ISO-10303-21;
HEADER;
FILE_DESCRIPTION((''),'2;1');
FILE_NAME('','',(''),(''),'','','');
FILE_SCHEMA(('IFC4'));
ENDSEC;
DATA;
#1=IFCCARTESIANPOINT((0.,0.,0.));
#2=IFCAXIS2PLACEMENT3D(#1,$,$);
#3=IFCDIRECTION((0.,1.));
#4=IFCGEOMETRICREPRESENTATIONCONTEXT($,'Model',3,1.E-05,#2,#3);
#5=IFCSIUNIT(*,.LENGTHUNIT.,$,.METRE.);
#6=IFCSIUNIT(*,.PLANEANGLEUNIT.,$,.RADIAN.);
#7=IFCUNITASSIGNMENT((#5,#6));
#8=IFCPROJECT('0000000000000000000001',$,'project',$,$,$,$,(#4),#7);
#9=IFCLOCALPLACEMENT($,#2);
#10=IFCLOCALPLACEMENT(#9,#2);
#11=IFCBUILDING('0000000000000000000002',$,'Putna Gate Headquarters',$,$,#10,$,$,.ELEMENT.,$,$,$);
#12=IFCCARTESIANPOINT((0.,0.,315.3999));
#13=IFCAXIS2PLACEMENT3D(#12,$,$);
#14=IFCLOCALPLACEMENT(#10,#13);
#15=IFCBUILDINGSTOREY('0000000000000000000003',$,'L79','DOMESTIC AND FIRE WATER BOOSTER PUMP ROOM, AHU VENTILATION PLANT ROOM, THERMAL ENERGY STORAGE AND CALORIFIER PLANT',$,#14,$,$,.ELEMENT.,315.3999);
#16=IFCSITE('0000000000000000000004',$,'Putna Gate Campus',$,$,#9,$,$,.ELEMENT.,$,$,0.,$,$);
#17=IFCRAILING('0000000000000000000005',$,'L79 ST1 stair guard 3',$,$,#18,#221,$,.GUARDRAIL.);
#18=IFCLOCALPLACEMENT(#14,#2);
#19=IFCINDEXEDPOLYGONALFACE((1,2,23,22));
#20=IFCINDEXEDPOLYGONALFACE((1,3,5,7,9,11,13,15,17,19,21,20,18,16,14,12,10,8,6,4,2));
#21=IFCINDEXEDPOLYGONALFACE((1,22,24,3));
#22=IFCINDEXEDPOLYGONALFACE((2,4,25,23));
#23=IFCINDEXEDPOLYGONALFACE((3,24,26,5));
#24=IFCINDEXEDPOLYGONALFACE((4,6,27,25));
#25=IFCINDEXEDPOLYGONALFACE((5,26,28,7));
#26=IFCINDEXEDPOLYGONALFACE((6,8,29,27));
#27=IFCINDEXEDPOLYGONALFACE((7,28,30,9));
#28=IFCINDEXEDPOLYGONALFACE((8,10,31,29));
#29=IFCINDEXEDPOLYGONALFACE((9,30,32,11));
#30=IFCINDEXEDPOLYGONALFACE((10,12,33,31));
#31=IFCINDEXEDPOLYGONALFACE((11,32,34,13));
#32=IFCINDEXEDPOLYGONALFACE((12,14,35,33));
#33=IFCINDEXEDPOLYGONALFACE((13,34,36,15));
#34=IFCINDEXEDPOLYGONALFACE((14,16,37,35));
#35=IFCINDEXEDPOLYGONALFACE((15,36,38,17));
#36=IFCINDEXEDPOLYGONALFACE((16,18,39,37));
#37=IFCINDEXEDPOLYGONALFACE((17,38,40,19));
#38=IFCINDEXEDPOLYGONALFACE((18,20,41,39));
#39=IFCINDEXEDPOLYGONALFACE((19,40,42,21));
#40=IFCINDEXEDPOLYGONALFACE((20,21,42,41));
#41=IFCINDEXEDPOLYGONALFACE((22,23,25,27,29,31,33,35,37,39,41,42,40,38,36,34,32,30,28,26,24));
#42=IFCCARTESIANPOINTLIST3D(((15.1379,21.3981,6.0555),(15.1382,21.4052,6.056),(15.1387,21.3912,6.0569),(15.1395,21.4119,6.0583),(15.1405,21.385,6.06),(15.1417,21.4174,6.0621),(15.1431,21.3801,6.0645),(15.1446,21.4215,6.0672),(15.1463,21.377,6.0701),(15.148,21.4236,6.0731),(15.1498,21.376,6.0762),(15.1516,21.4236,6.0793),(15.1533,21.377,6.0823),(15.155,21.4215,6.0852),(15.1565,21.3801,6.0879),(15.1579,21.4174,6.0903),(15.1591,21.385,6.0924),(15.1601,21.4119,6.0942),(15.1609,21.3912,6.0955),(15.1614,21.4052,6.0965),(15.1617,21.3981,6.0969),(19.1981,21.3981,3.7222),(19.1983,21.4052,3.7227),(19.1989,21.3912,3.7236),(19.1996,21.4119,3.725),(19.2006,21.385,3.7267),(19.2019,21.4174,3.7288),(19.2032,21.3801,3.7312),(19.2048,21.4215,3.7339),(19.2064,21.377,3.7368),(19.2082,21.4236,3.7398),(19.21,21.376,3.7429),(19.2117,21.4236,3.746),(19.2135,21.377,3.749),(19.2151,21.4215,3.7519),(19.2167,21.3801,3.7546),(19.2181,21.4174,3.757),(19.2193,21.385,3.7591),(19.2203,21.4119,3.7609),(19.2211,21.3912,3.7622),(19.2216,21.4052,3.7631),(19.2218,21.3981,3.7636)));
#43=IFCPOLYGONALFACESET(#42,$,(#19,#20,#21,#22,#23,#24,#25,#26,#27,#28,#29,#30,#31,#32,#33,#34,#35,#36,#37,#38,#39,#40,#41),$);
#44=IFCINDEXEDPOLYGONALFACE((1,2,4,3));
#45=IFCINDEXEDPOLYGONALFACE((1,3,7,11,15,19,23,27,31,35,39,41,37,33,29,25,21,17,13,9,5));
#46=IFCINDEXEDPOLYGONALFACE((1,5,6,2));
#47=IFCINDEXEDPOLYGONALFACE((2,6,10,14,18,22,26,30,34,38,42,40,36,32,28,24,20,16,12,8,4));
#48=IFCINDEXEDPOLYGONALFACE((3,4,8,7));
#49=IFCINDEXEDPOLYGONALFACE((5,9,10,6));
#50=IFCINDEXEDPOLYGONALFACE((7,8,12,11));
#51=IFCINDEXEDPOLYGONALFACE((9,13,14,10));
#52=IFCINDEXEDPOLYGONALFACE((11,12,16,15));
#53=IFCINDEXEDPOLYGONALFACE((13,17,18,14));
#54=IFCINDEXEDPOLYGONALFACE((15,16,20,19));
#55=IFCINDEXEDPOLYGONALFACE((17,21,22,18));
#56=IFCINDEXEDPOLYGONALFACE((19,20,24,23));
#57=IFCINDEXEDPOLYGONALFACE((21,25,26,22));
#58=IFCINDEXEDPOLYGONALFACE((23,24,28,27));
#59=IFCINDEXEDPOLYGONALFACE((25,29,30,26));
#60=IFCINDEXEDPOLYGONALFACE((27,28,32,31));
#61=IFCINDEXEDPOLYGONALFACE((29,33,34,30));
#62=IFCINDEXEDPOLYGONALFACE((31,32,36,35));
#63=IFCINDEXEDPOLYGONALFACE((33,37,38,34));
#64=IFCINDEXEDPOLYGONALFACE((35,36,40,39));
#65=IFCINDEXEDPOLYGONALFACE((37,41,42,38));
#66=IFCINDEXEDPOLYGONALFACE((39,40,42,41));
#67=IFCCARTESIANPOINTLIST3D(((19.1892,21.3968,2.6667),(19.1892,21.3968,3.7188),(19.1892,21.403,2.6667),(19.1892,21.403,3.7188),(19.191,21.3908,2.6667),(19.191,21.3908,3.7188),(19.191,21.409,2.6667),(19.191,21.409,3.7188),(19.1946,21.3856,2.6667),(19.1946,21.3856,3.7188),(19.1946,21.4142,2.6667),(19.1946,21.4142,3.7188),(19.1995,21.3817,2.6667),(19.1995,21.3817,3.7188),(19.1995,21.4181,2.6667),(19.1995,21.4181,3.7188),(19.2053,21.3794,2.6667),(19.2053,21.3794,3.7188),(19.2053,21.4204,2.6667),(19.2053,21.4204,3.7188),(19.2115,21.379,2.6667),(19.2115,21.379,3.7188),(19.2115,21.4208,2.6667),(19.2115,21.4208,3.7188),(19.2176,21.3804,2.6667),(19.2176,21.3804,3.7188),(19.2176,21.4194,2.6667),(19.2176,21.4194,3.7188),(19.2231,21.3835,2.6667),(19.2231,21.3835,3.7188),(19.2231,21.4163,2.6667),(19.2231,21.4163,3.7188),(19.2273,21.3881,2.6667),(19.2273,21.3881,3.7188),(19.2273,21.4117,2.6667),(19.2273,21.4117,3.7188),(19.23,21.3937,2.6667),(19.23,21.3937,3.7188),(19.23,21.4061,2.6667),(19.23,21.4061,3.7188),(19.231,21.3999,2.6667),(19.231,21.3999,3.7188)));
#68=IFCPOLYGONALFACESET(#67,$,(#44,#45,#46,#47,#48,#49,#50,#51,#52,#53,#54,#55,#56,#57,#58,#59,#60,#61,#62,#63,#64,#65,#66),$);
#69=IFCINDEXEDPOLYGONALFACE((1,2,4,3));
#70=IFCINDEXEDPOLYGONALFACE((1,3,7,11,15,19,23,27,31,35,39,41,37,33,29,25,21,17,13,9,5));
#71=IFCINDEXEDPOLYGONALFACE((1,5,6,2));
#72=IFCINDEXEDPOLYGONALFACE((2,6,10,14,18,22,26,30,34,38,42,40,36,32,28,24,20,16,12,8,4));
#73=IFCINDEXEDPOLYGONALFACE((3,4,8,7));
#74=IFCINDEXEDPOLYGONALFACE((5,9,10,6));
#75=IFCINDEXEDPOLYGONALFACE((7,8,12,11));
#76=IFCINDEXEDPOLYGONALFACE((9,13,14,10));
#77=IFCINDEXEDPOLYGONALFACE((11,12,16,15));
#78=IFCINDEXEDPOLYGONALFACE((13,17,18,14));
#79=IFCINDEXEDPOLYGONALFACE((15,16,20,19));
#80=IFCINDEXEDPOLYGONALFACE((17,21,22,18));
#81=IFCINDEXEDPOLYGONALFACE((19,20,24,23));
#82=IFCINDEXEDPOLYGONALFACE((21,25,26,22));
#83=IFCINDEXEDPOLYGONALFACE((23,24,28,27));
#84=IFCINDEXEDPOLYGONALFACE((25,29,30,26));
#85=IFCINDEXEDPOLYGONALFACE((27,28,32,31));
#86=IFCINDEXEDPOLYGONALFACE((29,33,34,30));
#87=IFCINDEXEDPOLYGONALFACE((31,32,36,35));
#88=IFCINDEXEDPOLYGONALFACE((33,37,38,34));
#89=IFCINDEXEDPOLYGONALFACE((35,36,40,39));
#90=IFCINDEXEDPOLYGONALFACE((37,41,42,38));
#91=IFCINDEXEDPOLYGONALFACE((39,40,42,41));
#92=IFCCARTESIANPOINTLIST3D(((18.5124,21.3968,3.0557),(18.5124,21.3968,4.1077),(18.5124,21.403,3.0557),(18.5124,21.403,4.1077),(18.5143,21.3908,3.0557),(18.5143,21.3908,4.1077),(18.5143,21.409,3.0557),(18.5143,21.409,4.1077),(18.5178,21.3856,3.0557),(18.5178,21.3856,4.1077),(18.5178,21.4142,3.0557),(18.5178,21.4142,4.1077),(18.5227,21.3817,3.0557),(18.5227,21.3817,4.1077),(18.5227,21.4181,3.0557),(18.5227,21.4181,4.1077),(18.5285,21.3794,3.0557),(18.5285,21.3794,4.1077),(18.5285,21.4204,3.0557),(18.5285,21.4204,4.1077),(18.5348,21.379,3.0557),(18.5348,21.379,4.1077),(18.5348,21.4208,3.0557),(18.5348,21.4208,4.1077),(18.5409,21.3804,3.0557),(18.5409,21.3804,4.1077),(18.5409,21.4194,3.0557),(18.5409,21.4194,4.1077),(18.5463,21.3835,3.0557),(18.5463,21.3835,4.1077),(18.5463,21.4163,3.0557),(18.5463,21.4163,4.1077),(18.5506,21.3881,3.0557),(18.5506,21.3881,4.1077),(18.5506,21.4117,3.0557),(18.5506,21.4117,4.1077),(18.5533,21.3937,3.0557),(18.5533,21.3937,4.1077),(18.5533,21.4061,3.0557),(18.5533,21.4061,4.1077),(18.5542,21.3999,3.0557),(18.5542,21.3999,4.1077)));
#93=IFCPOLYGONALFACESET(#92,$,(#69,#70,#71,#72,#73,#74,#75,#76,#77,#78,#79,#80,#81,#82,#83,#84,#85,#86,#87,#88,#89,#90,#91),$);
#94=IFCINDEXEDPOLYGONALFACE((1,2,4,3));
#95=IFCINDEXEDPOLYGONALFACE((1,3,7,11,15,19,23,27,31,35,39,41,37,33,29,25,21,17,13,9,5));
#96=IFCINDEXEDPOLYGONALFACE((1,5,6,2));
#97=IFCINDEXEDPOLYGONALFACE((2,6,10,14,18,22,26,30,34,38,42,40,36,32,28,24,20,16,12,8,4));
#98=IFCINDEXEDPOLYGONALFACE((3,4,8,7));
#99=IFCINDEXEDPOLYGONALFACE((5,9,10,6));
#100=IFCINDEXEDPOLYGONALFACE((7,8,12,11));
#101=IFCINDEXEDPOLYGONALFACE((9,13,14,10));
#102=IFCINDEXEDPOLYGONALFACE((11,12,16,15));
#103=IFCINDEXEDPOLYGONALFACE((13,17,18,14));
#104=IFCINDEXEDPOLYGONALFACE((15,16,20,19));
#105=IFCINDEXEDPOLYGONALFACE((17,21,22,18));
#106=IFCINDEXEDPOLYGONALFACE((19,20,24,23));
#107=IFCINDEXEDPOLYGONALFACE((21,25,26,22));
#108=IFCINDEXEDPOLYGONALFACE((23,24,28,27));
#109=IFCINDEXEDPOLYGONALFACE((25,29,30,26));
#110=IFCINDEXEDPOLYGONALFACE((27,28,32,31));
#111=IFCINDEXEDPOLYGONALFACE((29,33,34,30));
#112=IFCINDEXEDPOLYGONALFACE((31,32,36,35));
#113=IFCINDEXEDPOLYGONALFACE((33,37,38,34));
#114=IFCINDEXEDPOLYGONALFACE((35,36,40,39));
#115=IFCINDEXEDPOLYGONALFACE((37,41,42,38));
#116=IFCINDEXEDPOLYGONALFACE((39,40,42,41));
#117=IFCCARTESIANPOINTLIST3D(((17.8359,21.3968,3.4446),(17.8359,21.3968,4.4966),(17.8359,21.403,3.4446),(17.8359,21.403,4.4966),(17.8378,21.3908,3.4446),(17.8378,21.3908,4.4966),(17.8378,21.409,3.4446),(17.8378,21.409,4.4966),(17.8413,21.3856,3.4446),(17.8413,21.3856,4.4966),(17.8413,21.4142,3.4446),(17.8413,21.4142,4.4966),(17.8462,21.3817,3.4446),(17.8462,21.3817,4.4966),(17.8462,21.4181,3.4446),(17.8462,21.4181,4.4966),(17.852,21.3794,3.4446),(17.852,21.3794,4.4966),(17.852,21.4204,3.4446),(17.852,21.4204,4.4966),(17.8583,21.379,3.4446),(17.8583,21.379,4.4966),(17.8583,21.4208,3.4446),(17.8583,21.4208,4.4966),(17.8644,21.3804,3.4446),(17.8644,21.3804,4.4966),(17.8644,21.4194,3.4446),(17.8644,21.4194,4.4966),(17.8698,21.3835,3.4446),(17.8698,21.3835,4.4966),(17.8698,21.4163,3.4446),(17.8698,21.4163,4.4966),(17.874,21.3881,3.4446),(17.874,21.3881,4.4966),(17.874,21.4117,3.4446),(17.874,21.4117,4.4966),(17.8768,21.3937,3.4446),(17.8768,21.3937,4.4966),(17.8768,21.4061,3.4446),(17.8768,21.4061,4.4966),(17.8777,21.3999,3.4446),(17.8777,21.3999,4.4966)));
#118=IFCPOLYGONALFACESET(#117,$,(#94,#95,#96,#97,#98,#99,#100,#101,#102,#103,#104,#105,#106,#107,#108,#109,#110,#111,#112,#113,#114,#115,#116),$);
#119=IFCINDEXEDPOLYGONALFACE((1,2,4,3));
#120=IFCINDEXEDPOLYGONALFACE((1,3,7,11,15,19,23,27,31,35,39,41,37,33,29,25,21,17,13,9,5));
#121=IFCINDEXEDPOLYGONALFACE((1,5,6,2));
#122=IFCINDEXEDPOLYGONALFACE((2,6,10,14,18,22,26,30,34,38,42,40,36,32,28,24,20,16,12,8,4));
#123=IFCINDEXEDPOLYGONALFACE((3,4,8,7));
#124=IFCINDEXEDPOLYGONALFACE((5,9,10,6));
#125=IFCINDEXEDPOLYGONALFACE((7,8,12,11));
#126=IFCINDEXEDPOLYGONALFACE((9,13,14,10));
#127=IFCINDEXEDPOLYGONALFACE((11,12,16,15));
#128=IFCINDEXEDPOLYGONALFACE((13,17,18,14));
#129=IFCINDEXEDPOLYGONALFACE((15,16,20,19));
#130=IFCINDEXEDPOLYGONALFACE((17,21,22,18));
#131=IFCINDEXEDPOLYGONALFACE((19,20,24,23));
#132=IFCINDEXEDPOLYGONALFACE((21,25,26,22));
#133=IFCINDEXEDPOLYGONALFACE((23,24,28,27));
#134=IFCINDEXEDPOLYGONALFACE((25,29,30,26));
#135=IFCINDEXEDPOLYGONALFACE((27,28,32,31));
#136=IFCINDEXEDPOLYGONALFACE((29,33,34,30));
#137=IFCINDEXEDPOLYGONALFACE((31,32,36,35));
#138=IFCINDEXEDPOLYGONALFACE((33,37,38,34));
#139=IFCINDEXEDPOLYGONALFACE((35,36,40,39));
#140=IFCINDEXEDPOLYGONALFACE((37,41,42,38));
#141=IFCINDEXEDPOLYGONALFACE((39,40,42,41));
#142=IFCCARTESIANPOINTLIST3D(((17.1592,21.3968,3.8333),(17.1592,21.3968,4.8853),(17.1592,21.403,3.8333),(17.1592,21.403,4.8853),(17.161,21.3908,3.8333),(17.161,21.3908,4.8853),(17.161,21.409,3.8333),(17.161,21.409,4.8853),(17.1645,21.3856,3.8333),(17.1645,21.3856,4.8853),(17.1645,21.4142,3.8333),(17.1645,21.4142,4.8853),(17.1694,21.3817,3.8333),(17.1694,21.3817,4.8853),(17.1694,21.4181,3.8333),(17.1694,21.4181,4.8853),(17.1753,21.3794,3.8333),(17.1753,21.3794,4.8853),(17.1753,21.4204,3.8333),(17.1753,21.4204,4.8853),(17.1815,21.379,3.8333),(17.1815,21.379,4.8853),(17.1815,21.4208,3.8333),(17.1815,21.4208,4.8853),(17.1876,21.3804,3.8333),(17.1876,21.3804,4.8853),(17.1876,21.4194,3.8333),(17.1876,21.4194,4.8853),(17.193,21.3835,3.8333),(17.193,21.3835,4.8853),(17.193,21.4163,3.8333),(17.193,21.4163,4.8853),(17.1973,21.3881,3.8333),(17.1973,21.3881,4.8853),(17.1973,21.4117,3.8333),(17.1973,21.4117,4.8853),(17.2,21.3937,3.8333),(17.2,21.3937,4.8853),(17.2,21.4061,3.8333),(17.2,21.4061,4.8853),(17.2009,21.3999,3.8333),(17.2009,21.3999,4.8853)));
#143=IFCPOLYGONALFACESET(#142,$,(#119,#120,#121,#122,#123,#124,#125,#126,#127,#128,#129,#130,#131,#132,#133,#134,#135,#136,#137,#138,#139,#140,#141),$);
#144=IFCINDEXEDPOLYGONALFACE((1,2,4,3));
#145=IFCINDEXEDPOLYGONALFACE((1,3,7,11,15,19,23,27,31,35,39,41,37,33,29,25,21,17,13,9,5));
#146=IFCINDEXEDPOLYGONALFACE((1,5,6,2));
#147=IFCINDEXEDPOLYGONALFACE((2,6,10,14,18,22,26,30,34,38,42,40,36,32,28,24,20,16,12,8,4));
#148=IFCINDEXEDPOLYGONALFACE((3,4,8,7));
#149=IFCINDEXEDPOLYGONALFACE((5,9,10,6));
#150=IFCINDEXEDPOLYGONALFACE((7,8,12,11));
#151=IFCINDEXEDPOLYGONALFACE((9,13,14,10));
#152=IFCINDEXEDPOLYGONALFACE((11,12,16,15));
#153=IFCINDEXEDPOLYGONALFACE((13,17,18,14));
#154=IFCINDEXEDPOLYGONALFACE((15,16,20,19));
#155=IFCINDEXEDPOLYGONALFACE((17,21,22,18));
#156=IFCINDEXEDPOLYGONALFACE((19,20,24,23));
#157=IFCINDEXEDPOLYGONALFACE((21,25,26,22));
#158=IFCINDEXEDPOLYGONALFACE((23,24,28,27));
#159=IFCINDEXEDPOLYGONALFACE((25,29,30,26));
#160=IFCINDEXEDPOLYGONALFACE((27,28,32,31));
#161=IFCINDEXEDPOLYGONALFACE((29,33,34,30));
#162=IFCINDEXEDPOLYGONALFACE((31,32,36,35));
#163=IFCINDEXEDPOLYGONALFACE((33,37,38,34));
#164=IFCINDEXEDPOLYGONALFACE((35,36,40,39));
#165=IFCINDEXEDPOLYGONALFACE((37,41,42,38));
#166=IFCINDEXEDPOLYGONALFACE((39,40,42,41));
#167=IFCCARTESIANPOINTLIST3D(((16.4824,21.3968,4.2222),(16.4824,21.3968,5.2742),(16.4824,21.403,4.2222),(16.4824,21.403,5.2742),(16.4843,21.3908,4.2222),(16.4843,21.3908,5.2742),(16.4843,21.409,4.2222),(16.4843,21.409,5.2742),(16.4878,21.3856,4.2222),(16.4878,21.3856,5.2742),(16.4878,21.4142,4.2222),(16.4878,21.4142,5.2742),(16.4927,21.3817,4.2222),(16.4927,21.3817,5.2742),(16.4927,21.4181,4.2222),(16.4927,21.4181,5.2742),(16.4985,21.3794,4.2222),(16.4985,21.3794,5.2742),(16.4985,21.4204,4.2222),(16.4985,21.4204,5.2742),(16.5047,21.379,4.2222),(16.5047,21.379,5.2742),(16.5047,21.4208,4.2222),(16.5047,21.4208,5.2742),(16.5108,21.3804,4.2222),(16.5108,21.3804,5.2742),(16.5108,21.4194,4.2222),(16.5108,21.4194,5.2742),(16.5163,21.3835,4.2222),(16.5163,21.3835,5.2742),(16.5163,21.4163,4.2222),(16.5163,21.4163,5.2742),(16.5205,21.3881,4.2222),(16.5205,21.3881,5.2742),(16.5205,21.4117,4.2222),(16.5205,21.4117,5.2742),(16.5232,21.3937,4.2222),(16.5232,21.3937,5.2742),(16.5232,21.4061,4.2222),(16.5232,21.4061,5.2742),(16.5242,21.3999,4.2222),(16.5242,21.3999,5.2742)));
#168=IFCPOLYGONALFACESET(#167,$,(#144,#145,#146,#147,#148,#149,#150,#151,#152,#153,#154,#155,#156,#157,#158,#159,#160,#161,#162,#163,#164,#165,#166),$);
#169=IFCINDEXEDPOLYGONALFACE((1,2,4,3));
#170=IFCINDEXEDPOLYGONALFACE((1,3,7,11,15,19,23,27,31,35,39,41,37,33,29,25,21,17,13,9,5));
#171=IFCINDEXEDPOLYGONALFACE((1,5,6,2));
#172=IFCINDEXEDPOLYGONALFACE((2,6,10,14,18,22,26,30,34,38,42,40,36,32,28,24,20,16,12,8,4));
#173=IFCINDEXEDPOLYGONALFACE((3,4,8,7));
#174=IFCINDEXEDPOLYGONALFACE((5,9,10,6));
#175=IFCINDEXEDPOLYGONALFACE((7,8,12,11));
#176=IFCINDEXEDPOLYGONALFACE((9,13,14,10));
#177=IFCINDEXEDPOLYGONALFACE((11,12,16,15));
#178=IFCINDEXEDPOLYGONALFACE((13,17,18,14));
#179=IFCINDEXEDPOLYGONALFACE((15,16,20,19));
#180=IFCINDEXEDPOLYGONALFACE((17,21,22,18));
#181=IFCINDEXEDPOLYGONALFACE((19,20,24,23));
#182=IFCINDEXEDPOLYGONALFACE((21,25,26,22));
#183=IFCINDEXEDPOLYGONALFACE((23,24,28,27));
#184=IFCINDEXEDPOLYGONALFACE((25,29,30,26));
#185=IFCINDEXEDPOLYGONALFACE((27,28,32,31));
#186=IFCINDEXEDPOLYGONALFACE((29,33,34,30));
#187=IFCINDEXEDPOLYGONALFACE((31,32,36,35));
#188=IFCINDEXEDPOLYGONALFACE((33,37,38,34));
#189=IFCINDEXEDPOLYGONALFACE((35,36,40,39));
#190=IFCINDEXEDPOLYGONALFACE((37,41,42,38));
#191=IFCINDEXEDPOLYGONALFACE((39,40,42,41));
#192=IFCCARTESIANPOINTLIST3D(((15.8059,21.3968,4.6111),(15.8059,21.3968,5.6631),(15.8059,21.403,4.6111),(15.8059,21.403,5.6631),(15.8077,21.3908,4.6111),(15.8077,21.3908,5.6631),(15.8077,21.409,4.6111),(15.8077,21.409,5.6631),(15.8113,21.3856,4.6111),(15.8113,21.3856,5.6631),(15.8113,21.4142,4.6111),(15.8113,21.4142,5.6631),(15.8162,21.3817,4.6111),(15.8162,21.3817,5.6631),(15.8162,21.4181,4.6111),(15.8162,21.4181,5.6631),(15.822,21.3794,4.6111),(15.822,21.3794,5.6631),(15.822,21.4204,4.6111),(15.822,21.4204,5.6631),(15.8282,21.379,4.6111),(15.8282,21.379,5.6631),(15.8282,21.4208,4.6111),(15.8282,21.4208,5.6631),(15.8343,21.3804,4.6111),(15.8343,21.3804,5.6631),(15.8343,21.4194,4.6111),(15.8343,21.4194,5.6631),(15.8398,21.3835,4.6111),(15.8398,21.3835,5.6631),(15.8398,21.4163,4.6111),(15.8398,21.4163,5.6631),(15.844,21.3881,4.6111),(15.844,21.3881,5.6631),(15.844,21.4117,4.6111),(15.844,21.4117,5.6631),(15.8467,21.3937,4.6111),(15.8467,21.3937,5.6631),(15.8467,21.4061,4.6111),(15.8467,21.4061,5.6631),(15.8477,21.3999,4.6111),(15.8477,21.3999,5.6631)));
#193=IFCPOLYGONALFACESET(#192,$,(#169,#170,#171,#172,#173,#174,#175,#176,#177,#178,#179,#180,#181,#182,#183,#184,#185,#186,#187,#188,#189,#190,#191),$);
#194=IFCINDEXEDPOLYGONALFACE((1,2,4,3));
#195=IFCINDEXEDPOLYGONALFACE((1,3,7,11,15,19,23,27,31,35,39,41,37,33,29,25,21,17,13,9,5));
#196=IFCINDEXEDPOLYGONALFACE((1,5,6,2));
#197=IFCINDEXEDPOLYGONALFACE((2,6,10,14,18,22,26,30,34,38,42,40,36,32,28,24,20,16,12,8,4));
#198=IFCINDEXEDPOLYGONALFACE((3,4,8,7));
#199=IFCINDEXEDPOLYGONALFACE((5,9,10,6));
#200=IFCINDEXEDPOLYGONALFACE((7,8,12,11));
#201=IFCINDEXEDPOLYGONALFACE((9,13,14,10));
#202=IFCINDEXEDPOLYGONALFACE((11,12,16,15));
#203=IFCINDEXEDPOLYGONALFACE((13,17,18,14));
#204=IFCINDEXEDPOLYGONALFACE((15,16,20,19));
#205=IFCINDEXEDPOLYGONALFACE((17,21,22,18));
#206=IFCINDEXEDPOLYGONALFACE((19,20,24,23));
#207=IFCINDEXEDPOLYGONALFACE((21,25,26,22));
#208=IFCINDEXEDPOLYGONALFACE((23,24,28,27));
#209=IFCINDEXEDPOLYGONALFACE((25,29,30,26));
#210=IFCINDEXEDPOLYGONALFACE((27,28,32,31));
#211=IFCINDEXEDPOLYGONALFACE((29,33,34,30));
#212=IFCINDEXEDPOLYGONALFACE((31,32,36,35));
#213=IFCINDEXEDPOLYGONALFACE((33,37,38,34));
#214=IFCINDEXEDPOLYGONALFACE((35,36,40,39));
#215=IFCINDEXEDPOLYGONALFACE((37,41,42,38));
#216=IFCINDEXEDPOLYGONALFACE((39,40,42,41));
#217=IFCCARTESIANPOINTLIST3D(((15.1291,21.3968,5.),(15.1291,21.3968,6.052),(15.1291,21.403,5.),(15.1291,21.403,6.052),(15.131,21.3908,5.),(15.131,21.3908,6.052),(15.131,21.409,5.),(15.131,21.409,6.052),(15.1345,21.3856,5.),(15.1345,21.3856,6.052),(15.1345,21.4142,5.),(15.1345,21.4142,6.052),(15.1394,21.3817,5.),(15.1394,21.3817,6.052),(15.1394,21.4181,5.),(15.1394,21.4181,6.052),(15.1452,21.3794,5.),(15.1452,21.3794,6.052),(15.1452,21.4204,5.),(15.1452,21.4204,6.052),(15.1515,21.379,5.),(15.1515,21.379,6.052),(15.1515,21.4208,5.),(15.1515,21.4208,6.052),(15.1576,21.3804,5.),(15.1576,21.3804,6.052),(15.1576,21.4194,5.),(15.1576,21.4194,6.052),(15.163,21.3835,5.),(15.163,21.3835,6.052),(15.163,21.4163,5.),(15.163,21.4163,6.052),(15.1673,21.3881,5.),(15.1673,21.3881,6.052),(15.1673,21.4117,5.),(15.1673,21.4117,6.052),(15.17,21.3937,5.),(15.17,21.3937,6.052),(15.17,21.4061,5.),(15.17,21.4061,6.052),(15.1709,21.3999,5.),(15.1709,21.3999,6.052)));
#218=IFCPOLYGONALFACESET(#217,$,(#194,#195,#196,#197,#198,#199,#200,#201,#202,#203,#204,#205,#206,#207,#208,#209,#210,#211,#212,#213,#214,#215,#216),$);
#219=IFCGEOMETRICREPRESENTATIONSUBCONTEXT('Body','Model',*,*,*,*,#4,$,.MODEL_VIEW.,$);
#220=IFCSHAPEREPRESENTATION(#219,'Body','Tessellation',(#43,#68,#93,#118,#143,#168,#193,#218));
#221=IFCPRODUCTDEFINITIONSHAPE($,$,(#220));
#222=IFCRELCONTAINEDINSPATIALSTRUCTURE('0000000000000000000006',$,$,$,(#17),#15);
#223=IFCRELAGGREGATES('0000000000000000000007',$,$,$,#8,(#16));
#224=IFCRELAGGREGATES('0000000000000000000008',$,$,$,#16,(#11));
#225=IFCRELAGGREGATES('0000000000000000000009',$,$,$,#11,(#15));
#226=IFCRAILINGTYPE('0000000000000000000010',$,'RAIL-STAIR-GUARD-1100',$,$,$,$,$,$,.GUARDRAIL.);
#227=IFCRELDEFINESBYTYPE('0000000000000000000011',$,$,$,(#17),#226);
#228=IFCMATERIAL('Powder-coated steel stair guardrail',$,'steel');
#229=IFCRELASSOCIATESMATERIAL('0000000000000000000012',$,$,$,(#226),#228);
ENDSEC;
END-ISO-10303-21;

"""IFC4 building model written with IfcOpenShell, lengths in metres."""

from ifc_helpers import new_model, si_unit, direction, frame, origin, origin_2d, place, context, subcontext, project, spatial, circle, extrude, material, type_object, element, save


model = new_model("IFC4")

# Units and contexts
model_context = context("Model", 3, precision=1e-05, world=origin(), true_north=direction((0.0, 1.0)))
body_context = subcontext(model_context, "Body", "Model", "MODEL_VIEW")
ifc_project = project(units=[si_unit("LENGTHUNIT", "METRE"), si_unit("PLANEANGLEUNIT", "RADIAN")], contexts=[model_context])

# Site, building, storey
site_placement = place(None, origin())
site = spatial("IfcSite", under=ifc_project, at=site_placement, Name="Putna Gate Campus", CompositionType="ELEMENT", RefElevation=0.0)
building_placement = place(site_placement, origin())
building = spatial("IfcBuilding", under=site, at=building_placement, Name="Putna Gate Headquarters", CompositionType="ELEMENT")
storey_placement = place(building_placement, frame((0.0, 0.0, 315.3999)))
storey = spatial("IfcBuildingStorey", under=building, at=storey_placement, Name="L79", Description="DOMESTIC AND FIRE WATER BOOSTER PUMP ROOM, AHU VENTILATION PLANT ROOM, THERMAL ENERGY STORAGE AND CALORIFIER PLANT", CompositionType="ELEMENT", Elevation=315.3999)

# Railing
ifc_material_1 = material(Name="Powder-coated steel stair guardrail", Category="steel")
railing_type_1 = type_object("IfcRailingType", Name="RAIL-STAIR-GUARD-1100", PredefinedType="GUARDRAIL", material=ifc_material_1)
railing_1_placement = place(storey_placement, frame((19.21, 21.3999, 2.6667)))
element("IfcRailing", 1, at=railing_1_placement, inside=storey, type_object=railing_type_1, Name="L79 ST1 stair guard 3", PredefinedType="GUARDRAIL", context=body_context, shape_type="SweptSolid", body=[
    extrude(circle(Radius=0.0239, at=origin_2d()), frame((0.0, 0.0, 1.0762), z_axis=(-0.867025, 0.0, 0.498265), x_axis=(0.0, -1.0, 0.0)), (0.0, 0.0, 1.0), 4.6829),
    extrude(circle(Radius=0.021, at=origin_2d()), origin(), (0.0, 0.0, 1.0), 1.052),
    extrude(circle(Radius=0.021, at=origin_2d()), frame((-0.6768, 0.0, 0.3889)), (0.0, 0.0, 1.0), 1.052),
    extrude(circle(Radius=0.021, at=origin_2d()), frame((-1.3533, 0.0, 0.7778)), (0.0, 0.0, 1.0), 1.052),
    extrude(circle(Radius=0.021, at=origin_2d()), frame((-2.03, 0.0, 1.1665)), (0.0, 0.0, 1.0), 1.052),
    extrude(circle(Radius=0.021, at=origin_2d()), frame((-2.7068, 0.0, 1.5554)), (0.0, 0.0, 1.0), 1.052),
    extrude(circle(Radius=0.021, at=origin_2d()), frame((-3.3833, 0.0, 1.9443)), (0.0, 0.0, 1.0), 1.052),
    extrude(circle(Radius=0.021, at=origin_2d()), frame((-4.0601, 0.0, 2.3333)), (0.0, 0.0, 1.0), 1.052),
])

save(model, "model.ifc")
